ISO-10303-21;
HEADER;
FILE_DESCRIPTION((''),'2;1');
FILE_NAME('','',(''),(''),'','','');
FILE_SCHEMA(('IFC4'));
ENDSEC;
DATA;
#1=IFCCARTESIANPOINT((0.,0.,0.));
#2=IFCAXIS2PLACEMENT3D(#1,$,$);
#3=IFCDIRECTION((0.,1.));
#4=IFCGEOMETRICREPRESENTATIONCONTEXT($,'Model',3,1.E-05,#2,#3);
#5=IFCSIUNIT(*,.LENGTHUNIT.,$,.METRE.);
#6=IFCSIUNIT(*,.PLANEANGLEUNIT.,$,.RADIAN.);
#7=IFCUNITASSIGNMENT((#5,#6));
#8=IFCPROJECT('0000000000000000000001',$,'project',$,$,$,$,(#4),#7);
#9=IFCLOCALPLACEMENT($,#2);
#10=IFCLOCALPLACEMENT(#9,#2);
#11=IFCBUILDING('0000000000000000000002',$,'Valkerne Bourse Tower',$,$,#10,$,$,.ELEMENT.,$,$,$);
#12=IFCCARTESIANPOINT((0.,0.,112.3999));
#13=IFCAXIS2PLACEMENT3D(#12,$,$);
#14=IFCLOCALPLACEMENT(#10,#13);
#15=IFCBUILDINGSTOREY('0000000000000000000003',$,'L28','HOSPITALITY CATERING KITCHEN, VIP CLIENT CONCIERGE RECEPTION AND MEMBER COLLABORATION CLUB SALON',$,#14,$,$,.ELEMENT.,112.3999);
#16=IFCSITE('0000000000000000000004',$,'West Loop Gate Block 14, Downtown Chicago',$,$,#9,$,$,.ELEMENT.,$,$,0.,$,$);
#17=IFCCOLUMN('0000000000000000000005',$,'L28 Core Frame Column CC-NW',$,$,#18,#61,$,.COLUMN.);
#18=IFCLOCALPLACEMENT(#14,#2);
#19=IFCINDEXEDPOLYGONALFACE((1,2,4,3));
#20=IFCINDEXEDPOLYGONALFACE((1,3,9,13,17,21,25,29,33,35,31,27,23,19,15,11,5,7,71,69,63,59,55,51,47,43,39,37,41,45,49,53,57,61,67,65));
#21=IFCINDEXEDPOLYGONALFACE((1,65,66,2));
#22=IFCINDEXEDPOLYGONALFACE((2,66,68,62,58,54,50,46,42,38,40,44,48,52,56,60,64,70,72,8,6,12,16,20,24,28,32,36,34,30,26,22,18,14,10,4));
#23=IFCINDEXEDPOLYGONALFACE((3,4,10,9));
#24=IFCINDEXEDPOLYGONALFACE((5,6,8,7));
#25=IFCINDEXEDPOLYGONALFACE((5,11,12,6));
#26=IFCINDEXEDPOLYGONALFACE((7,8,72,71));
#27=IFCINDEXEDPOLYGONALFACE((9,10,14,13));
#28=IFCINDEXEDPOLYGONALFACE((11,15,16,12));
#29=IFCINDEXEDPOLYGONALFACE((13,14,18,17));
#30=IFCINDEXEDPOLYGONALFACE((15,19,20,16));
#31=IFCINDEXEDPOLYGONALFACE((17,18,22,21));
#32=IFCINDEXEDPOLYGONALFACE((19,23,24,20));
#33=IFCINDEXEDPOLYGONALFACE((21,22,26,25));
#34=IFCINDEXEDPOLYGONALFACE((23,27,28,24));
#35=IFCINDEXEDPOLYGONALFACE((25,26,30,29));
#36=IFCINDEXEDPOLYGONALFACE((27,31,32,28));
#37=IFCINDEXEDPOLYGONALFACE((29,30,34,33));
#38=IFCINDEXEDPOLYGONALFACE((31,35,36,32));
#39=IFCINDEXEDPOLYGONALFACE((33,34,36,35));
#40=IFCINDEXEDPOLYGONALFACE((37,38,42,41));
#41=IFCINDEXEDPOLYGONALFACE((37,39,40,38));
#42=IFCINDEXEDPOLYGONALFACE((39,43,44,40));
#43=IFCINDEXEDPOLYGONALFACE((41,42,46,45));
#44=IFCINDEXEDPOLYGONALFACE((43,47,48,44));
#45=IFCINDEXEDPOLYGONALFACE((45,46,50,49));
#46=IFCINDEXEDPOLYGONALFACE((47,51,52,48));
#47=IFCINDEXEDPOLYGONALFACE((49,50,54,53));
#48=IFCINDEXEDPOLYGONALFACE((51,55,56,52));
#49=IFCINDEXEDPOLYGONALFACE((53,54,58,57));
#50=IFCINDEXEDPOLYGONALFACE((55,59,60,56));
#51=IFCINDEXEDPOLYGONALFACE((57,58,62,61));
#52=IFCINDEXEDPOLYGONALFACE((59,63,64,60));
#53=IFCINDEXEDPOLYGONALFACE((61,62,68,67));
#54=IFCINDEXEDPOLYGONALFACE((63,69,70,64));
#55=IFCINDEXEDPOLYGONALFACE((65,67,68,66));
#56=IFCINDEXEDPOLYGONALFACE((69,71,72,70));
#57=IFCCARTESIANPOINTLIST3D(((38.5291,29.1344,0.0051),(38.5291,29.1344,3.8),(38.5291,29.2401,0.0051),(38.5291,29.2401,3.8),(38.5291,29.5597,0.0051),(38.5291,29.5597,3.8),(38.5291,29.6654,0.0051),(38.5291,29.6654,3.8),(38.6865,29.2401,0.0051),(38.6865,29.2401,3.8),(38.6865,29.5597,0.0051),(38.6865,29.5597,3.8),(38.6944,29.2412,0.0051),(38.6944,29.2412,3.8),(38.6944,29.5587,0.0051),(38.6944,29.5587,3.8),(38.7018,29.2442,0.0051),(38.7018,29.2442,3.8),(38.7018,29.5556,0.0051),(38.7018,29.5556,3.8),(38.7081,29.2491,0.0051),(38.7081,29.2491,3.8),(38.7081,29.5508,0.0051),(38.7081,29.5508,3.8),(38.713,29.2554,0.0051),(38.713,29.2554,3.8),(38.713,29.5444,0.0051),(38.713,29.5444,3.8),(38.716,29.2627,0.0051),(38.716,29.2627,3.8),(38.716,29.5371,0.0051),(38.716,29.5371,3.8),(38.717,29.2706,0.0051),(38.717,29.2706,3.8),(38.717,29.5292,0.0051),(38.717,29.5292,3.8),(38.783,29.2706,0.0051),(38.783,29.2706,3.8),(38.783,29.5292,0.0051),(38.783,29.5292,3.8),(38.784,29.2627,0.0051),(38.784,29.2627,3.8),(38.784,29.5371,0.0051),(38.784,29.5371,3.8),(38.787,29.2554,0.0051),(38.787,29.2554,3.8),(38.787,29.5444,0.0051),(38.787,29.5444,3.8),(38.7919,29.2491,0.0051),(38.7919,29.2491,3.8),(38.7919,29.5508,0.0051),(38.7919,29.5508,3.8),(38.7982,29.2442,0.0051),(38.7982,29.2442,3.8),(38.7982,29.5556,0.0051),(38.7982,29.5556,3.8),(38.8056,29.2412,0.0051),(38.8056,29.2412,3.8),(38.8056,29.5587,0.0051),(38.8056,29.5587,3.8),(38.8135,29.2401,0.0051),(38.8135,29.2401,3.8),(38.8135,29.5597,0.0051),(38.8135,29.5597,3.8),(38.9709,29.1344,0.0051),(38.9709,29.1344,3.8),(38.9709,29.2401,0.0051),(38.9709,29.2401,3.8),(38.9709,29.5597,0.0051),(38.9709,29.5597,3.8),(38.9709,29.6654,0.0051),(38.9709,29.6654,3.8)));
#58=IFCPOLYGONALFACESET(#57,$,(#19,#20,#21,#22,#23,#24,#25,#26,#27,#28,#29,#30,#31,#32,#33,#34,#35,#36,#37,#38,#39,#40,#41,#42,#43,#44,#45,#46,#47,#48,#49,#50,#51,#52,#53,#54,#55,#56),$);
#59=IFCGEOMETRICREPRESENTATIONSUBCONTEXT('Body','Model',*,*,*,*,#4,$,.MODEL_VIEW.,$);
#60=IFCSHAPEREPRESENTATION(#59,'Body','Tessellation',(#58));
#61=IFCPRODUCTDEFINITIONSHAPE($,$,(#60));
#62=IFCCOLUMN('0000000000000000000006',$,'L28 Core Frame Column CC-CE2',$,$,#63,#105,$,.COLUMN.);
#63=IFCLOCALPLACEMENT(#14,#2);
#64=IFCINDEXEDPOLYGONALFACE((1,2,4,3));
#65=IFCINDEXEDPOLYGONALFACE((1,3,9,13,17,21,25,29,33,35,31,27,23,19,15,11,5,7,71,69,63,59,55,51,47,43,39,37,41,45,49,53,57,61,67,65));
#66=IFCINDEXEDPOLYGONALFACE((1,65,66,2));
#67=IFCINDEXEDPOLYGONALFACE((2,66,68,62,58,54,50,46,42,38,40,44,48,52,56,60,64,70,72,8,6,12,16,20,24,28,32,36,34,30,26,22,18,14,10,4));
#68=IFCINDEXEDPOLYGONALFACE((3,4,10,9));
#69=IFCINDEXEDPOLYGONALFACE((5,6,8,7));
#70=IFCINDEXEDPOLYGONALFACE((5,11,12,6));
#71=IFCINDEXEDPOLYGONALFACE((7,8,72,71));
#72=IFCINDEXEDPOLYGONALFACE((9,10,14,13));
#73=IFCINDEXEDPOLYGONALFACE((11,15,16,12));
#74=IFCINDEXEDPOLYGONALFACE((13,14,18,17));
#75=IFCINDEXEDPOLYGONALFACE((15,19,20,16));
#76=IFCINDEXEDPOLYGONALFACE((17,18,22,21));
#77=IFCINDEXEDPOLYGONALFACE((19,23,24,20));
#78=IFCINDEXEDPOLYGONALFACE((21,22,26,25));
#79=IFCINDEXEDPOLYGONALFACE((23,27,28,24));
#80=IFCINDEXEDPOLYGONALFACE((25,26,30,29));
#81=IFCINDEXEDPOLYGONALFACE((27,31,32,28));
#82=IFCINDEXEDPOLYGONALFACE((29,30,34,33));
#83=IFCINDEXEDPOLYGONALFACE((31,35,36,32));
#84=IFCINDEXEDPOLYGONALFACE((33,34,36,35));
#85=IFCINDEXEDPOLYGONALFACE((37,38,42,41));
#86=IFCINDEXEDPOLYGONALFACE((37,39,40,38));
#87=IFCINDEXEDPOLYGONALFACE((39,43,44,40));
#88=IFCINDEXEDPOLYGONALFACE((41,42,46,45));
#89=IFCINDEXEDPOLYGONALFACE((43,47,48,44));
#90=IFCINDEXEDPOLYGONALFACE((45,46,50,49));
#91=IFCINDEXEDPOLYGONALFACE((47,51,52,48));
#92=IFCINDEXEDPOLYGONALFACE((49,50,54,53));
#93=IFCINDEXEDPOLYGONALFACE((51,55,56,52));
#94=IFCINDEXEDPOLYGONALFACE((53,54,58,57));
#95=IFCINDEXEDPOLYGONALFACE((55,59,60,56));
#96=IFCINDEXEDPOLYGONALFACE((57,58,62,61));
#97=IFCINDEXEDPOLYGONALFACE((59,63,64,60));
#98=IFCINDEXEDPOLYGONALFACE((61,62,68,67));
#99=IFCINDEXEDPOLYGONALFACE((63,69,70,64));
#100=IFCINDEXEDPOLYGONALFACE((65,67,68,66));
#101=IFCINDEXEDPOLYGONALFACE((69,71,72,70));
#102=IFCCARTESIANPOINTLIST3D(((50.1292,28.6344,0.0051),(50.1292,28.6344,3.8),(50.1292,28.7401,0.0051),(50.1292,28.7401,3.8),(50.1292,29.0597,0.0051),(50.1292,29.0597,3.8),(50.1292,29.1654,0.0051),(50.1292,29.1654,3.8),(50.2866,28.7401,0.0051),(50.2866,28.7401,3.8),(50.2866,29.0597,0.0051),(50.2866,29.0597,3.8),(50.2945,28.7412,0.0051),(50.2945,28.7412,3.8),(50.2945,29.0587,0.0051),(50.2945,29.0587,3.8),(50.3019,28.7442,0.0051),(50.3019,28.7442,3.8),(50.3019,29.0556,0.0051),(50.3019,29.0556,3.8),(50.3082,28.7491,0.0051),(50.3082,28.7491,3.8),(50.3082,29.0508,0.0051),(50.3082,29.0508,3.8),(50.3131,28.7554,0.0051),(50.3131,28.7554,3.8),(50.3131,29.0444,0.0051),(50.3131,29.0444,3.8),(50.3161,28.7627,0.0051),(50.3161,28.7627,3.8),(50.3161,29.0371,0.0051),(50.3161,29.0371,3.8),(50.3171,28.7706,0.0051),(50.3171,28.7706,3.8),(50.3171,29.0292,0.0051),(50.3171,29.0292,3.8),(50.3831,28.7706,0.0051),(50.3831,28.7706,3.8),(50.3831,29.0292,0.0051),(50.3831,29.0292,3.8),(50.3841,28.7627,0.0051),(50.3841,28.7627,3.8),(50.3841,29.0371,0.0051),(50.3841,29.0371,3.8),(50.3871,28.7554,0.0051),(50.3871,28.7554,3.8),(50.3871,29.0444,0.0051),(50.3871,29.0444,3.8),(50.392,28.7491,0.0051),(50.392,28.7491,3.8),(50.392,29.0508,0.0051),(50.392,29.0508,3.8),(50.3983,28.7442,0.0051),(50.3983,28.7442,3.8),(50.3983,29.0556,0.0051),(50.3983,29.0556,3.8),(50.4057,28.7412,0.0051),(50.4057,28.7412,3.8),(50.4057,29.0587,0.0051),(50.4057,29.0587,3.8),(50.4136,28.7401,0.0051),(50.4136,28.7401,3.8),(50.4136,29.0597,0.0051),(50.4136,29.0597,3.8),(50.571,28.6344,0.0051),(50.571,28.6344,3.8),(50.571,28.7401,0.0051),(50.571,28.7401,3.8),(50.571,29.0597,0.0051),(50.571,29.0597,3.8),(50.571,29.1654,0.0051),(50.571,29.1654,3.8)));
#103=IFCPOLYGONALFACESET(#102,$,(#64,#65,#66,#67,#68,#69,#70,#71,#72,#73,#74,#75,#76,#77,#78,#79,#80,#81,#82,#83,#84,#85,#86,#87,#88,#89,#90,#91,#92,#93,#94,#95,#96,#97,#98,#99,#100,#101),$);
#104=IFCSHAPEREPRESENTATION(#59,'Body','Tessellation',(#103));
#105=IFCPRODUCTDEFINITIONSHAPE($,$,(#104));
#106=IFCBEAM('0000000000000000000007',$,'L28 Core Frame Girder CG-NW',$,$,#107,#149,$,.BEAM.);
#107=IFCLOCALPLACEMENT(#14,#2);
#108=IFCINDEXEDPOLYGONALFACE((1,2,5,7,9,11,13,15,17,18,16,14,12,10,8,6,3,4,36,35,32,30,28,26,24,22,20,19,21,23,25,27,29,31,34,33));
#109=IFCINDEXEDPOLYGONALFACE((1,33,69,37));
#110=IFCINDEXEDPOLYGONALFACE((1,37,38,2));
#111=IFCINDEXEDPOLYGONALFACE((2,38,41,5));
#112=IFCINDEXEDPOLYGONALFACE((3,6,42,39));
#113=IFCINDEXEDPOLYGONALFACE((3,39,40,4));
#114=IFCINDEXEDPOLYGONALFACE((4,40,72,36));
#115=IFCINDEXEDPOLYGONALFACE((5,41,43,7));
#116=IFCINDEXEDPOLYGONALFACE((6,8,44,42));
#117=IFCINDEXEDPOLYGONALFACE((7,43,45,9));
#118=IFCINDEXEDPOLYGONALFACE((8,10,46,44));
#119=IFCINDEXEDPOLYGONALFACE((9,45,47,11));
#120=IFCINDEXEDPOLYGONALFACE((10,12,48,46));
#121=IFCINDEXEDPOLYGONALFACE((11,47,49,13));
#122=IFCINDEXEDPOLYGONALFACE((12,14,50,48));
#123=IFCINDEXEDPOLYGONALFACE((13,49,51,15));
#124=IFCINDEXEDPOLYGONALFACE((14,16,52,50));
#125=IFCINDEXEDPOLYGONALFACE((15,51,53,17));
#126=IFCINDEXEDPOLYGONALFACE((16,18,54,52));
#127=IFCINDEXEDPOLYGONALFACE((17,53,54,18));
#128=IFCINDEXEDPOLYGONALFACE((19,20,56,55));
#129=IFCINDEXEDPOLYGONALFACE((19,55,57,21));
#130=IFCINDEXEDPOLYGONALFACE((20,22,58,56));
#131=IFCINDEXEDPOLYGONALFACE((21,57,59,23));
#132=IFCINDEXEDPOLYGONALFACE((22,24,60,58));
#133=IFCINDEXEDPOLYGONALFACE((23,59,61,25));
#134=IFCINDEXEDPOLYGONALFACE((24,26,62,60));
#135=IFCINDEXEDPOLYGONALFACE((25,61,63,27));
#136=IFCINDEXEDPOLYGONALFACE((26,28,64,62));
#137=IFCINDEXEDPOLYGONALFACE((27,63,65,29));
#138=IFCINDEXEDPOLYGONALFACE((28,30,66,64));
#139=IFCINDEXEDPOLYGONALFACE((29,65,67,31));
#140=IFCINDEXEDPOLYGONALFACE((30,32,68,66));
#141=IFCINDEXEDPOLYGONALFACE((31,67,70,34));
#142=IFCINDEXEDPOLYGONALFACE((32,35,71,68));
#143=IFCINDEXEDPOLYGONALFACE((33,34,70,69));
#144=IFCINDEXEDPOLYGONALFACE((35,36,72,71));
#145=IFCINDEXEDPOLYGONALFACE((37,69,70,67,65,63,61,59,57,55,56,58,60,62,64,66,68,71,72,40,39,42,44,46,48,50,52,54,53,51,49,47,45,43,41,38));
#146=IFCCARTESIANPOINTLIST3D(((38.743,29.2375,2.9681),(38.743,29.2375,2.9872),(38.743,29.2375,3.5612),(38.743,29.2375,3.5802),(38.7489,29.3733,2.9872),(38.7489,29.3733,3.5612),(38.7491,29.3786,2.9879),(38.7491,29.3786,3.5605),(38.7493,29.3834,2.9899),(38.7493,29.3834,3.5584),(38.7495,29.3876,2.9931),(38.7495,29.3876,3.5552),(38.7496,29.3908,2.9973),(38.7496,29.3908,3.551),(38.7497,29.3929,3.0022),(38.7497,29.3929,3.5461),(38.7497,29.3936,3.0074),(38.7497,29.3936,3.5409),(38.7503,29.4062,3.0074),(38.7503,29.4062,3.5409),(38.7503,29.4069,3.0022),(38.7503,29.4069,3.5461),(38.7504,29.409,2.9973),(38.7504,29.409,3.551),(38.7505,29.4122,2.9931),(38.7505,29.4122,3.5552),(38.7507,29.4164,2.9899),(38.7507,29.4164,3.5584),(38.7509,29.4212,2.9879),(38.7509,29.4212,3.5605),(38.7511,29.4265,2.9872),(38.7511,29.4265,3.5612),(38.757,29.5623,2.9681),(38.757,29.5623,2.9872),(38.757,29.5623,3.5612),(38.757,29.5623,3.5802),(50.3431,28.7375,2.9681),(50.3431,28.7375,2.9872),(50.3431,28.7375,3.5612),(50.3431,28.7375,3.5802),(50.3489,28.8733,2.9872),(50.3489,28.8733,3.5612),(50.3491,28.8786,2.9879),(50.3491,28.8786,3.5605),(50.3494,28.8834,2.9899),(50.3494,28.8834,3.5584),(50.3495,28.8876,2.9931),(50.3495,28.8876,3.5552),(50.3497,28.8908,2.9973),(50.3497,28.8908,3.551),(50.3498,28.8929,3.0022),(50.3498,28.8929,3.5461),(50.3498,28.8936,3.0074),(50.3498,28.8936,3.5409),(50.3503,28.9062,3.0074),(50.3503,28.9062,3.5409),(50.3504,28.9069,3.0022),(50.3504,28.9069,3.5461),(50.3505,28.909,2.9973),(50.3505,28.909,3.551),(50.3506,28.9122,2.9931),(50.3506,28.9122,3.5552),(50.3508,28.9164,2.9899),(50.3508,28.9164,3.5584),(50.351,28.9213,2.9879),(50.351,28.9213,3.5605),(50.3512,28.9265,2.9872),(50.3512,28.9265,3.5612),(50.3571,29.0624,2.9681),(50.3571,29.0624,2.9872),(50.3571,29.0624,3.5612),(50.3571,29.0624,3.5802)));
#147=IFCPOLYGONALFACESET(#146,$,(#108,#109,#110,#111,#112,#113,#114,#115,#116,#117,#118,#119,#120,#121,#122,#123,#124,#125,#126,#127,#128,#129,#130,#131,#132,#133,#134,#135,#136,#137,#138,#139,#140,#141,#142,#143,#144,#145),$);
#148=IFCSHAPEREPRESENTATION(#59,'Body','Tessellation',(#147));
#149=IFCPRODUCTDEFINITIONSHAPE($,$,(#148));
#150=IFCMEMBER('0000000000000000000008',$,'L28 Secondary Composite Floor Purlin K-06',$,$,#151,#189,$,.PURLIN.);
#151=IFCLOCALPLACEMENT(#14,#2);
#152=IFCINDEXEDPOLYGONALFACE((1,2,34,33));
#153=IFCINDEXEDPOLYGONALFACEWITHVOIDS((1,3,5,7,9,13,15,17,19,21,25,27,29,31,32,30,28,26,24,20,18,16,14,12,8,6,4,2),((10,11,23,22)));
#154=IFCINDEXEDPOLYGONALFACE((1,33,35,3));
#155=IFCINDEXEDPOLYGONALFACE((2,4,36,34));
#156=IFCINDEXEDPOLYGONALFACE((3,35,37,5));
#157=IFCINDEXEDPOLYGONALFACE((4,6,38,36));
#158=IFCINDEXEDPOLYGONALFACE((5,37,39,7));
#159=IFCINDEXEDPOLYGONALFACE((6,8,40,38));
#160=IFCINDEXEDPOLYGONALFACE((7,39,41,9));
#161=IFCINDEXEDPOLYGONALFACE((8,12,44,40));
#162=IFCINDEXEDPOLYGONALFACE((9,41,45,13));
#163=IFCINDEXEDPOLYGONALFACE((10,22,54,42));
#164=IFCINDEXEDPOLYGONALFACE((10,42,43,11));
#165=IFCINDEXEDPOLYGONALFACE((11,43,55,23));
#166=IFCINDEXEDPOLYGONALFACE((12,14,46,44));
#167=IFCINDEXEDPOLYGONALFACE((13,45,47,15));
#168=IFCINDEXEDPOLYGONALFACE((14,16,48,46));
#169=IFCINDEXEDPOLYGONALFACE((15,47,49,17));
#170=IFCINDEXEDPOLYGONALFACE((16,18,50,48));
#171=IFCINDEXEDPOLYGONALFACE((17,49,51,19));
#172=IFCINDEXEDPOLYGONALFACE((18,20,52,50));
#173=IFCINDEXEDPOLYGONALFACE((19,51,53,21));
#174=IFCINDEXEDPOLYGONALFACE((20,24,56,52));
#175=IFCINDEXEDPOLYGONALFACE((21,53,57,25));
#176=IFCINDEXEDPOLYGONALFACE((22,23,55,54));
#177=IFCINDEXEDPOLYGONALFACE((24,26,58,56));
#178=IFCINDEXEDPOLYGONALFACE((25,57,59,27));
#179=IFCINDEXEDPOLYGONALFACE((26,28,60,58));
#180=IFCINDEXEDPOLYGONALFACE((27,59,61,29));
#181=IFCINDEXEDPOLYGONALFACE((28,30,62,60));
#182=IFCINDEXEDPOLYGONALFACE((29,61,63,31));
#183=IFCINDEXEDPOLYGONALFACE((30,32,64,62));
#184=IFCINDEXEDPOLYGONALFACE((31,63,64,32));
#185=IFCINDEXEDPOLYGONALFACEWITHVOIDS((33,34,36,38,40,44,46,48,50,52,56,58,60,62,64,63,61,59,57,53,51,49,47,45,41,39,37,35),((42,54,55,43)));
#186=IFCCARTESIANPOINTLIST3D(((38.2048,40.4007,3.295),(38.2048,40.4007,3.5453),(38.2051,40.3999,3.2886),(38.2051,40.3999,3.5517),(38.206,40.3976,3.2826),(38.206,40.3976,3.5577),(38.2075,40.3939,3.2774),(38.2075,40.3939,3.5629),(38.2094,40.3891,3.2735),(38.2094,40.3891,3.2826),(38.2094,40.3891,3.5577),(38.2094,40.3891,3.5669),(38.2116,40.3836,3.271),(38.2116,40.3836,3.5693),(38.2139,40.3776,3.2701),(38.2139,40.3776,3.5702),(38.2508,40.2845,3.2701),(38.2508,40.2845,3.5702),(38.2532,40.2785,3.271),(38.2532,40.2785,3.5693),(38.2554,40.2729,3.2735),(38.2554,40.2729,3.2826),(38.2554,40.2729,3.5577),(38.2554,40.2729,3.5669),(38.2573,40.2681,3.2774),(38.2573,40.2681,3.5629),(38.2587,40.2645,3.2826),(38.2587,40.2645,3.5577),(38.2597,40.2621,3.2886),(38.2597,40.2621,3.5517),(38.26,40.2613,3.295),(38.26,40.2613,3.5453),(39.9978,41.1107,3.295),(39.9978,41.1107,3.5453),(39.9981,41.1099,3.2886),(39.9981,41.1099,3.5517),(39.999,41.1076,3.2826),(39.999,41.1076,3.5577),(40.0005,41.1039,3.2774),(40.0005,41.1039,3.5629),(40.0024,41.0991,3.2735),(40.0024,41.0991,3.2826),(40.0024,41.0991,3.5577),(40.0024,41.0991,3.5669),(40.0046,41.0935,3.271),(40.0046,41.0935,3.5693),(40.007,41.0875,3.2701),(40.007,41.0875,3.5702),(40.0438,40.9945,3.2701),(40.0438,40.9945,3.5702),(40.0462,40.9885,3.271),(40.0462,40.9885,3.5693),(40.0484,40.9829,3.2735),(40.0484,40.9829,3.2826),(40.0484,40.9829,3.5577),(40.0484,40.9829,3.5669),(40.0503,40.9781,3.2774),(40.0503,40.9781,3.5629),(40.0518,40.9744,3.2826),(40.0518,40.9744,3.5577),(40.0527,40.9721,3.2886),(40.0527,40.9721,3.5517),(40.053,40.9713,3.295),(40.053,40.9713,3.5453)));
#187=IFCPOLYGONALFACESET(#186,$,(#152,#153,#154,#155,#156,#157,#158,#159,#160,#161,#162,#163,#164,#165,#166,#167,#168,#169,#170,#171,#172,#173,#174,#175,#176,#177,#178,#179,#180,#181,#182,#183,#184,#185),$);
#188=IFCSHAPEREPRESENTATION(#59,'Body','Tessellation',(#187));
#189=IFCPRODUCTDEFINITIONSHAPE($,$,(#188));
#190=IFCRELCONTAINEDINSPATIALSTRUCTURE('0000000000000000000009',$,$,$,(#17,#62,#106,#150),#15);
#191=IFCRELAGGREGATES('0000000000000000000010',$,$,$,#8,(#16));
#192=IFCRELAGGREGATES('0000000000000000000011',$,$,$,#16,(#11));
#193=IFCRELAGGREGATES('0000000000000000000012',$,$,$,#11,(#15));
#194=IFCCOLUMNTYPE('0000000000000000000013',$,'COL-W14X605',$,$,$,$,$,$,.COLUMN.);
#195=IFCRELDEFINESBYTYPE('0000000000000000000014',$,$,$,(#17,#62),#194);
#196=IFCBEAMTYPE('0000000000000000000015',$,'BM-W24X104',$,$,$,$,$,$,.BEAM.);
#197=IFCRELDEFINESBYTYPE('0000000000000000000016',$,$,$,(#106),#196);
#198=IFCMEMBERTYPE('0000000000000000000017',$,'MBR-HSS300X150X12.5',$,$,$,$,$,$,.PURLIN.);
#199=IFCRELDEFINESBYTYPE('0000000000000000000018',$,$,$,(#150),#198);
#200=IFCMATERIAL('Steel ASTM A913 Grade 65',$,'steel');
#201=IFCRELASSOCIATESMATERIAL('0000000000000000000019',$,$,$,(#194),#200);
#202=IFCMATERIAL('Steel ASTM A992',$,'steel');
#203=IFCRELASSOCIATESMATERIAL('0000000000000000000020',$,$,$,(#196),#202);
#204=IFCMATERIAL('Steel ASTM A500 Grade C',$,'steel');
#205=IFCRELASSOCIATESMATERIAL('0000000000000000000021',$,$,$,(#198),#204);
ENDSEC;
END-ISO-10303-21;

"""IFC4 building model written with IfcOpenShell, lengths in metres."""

from ifc_helpers import new_model, si_unit, direction, frame, origin, origin_2d, place, context, subcontext, project, spatial, hollow_rectangle, i_section, extrude, material, material_profile, profile_set, type_object, element, save


model = new_model("IFC4")

# Units and contexts
model_context = context("Model", 3, precision=1e-05, world=origin(), true_north=direction((0.0, 1.0)))
body_context = subcontext(model_context, "Body", "Model", "MODEL_VIEW")
ifc_project = project(units=[si_unit("LENGTHUNIT", "METRE"), si_unit("PLANEANGLEUNIT", "RADIAN")], contexts=[model_context])

# Site, building, storey
site_placement = place(None, origin())
site = spatial("IfcSite", under=ifc_project, at=site_placement, Name="West Loop Gate Block 14, Downtown Chicago", CompositionType="ELEMENT", RefElevation=0.0)
building_placement = place(site_placement, origin())
building = spatial("IfcBuilding", under=site, at=building_placement, Name="Valkerne Bourse Tower", CompositionType="ELEMENT")
storey_placement = place(building_placement, frame((0.0, 0.0, 112.3999)))
storey = spatial("IfcBuildingStorey", under=building, at=storey_placement, Name="L28", Description="HOSPITALITY CATERING KITCHEN, VIP CLIENT CONCIERGE RECEPTION AND MEMBER COLLABORATION CLUB SALON", CompositionType="ELEMENT", Elevation=112.3999)

# Columns
ifc_material_1 = material(Name="Steel ASTM A913 Grade 65", Category="steel")
ifc_material_profile_1 = material_profile(ifc_material_1, i_section(OverallWidth=0.4419, OverallDepth=0.531, WebThickness=0.0659, FlangeThickness=0.1057, FilletRadius=0.0305, at=origin_2d()), Name="W14X605")
ifc_profile_set_1 = profile_set([ifc_material_profile_1], Name="Steel ASTM A913 Grade 65")
column_type = type_object("IfcColumnType", Name="COL-W14X605", PredefinedType="COLUMN", material=ifc_profile_set_1)
for number, where, z_axis, x_axis, name in (
    (1, (38.75, 29.3999, 0.0051), (0.0, 0.0, 1.0), (1.0, 0.0, 0.0), "L28 Core Frame Column CC-NW"),
    (2, (50.3501, 28.8999, 0.0051), (0.0, 0.0, 1.0), (1.0, 0.0, 0.0), "L28 Core Frame Column CC-CE2"),
):
    element("IfcColumn", number, at=place(storey_placement, frame(where, z_axis=z_axis, x_axis=x_axis)), inside=storey, type_object=column_type, Name=name, PredefinedType="COLUMN", context=body_context, shape_type="SweptSolid", body=[
        extrude(i_section(OverallWidth=0.4419, OverallDepth=0.531, WebThickness=0.0659, FlangeThickness=0.1057, FilletRadius=0.0305, at=origin_2d()), origin(), (0.0, 0.0, 1.0), 3.7949),
    ])

# Beam
ifc_material_2 = material(Name="Steel ASTM A992", Category="steel")
ifc_material_profile_2 = material_profile(ifc_material_2, i_section(OverallWidth=0.3252, OverallDepth=0.6121, WebThickness=0.0127, FlangeThickness=0.019, FilletRadius=0.0203, at=origin_2d()), Name="W24X104")
ifc_profile_set_2 = profile_set([ifc_material_profile_2], Name="Steel ASTM A992")
beam_type = type_object("IfcBeamType", Name="BM-W24X104", PredefinedType="BEAM", material=ifc_profile_set_2)
beam_placement = place(storey_placement, frame((38.75, 29.3999, 3.2742), z_axis=(0.999072, -0.043063, 0.0), x_axis=(0.043063, 0.999072, 0.0)))
element("IfcBeam", 3, at=beam_placement, inside=storey, type_object=beam_type, Name="L28 Core Frame Girder CG-NW", PredefinedType="BEAM", context=body_context, shape_type="SweptSolid", body=[
    extrude(i_section(OverallWidth=0.3252, OverallDepth=0.6121, WebThickness=0.0127, FlangeThickness=0.019, FilletRadius=0.0203, at=origin_2d()), origin(), (0.0, 0.0, 1.0), 11.6108),
])

# Member
ifc_material_3 = material(Name="Steel ASTM A500 Grade C", Category="steel")
ifc_material_profile_3 = material_profile(ifc_material_3, hollow_rectangle(XDim=0.1499, YDim=0.3, WallThickness=0.0125, OuterFilletRadius=0.0249, at=origin_2d()), Name="HSS300X150X12.5")
ifc_profile_set_3 = profile_set([ifc_material_profile_3], Name="Steel ASTM A500 Grade C")
member_type = type_object("IfcMemberType", Name="MBR-HSS300X150X12.5", PredefinedType="PURLIN", material=ifc_profile_set_3)
member_1_placement = place(storey_placement, frame((40.0254, 41.041, 3.4202), z_axis=(-0.929763, -0.368158, 0.0), x_axis=(0.368158, -0.929763, 0.0)))
element("IfcMember", 4, at=member_1_placement, inside=storey, type_object=member_type, Name="L28 Secondary Composite Floor Purlin K-06", PredefinedType="PURLIN", context=body_context, shape_type="SweptSolid", body=[
    extrude(hollow_rectangle(XDim=0.1499, YDim=0.3, WallThickness=0.0125, OuterFilletRadius=0.0249, at=origin_2d()), origin(), (0.0, 0.0, 1.0), 1.9285),
])

save(model, "model.ifc")
